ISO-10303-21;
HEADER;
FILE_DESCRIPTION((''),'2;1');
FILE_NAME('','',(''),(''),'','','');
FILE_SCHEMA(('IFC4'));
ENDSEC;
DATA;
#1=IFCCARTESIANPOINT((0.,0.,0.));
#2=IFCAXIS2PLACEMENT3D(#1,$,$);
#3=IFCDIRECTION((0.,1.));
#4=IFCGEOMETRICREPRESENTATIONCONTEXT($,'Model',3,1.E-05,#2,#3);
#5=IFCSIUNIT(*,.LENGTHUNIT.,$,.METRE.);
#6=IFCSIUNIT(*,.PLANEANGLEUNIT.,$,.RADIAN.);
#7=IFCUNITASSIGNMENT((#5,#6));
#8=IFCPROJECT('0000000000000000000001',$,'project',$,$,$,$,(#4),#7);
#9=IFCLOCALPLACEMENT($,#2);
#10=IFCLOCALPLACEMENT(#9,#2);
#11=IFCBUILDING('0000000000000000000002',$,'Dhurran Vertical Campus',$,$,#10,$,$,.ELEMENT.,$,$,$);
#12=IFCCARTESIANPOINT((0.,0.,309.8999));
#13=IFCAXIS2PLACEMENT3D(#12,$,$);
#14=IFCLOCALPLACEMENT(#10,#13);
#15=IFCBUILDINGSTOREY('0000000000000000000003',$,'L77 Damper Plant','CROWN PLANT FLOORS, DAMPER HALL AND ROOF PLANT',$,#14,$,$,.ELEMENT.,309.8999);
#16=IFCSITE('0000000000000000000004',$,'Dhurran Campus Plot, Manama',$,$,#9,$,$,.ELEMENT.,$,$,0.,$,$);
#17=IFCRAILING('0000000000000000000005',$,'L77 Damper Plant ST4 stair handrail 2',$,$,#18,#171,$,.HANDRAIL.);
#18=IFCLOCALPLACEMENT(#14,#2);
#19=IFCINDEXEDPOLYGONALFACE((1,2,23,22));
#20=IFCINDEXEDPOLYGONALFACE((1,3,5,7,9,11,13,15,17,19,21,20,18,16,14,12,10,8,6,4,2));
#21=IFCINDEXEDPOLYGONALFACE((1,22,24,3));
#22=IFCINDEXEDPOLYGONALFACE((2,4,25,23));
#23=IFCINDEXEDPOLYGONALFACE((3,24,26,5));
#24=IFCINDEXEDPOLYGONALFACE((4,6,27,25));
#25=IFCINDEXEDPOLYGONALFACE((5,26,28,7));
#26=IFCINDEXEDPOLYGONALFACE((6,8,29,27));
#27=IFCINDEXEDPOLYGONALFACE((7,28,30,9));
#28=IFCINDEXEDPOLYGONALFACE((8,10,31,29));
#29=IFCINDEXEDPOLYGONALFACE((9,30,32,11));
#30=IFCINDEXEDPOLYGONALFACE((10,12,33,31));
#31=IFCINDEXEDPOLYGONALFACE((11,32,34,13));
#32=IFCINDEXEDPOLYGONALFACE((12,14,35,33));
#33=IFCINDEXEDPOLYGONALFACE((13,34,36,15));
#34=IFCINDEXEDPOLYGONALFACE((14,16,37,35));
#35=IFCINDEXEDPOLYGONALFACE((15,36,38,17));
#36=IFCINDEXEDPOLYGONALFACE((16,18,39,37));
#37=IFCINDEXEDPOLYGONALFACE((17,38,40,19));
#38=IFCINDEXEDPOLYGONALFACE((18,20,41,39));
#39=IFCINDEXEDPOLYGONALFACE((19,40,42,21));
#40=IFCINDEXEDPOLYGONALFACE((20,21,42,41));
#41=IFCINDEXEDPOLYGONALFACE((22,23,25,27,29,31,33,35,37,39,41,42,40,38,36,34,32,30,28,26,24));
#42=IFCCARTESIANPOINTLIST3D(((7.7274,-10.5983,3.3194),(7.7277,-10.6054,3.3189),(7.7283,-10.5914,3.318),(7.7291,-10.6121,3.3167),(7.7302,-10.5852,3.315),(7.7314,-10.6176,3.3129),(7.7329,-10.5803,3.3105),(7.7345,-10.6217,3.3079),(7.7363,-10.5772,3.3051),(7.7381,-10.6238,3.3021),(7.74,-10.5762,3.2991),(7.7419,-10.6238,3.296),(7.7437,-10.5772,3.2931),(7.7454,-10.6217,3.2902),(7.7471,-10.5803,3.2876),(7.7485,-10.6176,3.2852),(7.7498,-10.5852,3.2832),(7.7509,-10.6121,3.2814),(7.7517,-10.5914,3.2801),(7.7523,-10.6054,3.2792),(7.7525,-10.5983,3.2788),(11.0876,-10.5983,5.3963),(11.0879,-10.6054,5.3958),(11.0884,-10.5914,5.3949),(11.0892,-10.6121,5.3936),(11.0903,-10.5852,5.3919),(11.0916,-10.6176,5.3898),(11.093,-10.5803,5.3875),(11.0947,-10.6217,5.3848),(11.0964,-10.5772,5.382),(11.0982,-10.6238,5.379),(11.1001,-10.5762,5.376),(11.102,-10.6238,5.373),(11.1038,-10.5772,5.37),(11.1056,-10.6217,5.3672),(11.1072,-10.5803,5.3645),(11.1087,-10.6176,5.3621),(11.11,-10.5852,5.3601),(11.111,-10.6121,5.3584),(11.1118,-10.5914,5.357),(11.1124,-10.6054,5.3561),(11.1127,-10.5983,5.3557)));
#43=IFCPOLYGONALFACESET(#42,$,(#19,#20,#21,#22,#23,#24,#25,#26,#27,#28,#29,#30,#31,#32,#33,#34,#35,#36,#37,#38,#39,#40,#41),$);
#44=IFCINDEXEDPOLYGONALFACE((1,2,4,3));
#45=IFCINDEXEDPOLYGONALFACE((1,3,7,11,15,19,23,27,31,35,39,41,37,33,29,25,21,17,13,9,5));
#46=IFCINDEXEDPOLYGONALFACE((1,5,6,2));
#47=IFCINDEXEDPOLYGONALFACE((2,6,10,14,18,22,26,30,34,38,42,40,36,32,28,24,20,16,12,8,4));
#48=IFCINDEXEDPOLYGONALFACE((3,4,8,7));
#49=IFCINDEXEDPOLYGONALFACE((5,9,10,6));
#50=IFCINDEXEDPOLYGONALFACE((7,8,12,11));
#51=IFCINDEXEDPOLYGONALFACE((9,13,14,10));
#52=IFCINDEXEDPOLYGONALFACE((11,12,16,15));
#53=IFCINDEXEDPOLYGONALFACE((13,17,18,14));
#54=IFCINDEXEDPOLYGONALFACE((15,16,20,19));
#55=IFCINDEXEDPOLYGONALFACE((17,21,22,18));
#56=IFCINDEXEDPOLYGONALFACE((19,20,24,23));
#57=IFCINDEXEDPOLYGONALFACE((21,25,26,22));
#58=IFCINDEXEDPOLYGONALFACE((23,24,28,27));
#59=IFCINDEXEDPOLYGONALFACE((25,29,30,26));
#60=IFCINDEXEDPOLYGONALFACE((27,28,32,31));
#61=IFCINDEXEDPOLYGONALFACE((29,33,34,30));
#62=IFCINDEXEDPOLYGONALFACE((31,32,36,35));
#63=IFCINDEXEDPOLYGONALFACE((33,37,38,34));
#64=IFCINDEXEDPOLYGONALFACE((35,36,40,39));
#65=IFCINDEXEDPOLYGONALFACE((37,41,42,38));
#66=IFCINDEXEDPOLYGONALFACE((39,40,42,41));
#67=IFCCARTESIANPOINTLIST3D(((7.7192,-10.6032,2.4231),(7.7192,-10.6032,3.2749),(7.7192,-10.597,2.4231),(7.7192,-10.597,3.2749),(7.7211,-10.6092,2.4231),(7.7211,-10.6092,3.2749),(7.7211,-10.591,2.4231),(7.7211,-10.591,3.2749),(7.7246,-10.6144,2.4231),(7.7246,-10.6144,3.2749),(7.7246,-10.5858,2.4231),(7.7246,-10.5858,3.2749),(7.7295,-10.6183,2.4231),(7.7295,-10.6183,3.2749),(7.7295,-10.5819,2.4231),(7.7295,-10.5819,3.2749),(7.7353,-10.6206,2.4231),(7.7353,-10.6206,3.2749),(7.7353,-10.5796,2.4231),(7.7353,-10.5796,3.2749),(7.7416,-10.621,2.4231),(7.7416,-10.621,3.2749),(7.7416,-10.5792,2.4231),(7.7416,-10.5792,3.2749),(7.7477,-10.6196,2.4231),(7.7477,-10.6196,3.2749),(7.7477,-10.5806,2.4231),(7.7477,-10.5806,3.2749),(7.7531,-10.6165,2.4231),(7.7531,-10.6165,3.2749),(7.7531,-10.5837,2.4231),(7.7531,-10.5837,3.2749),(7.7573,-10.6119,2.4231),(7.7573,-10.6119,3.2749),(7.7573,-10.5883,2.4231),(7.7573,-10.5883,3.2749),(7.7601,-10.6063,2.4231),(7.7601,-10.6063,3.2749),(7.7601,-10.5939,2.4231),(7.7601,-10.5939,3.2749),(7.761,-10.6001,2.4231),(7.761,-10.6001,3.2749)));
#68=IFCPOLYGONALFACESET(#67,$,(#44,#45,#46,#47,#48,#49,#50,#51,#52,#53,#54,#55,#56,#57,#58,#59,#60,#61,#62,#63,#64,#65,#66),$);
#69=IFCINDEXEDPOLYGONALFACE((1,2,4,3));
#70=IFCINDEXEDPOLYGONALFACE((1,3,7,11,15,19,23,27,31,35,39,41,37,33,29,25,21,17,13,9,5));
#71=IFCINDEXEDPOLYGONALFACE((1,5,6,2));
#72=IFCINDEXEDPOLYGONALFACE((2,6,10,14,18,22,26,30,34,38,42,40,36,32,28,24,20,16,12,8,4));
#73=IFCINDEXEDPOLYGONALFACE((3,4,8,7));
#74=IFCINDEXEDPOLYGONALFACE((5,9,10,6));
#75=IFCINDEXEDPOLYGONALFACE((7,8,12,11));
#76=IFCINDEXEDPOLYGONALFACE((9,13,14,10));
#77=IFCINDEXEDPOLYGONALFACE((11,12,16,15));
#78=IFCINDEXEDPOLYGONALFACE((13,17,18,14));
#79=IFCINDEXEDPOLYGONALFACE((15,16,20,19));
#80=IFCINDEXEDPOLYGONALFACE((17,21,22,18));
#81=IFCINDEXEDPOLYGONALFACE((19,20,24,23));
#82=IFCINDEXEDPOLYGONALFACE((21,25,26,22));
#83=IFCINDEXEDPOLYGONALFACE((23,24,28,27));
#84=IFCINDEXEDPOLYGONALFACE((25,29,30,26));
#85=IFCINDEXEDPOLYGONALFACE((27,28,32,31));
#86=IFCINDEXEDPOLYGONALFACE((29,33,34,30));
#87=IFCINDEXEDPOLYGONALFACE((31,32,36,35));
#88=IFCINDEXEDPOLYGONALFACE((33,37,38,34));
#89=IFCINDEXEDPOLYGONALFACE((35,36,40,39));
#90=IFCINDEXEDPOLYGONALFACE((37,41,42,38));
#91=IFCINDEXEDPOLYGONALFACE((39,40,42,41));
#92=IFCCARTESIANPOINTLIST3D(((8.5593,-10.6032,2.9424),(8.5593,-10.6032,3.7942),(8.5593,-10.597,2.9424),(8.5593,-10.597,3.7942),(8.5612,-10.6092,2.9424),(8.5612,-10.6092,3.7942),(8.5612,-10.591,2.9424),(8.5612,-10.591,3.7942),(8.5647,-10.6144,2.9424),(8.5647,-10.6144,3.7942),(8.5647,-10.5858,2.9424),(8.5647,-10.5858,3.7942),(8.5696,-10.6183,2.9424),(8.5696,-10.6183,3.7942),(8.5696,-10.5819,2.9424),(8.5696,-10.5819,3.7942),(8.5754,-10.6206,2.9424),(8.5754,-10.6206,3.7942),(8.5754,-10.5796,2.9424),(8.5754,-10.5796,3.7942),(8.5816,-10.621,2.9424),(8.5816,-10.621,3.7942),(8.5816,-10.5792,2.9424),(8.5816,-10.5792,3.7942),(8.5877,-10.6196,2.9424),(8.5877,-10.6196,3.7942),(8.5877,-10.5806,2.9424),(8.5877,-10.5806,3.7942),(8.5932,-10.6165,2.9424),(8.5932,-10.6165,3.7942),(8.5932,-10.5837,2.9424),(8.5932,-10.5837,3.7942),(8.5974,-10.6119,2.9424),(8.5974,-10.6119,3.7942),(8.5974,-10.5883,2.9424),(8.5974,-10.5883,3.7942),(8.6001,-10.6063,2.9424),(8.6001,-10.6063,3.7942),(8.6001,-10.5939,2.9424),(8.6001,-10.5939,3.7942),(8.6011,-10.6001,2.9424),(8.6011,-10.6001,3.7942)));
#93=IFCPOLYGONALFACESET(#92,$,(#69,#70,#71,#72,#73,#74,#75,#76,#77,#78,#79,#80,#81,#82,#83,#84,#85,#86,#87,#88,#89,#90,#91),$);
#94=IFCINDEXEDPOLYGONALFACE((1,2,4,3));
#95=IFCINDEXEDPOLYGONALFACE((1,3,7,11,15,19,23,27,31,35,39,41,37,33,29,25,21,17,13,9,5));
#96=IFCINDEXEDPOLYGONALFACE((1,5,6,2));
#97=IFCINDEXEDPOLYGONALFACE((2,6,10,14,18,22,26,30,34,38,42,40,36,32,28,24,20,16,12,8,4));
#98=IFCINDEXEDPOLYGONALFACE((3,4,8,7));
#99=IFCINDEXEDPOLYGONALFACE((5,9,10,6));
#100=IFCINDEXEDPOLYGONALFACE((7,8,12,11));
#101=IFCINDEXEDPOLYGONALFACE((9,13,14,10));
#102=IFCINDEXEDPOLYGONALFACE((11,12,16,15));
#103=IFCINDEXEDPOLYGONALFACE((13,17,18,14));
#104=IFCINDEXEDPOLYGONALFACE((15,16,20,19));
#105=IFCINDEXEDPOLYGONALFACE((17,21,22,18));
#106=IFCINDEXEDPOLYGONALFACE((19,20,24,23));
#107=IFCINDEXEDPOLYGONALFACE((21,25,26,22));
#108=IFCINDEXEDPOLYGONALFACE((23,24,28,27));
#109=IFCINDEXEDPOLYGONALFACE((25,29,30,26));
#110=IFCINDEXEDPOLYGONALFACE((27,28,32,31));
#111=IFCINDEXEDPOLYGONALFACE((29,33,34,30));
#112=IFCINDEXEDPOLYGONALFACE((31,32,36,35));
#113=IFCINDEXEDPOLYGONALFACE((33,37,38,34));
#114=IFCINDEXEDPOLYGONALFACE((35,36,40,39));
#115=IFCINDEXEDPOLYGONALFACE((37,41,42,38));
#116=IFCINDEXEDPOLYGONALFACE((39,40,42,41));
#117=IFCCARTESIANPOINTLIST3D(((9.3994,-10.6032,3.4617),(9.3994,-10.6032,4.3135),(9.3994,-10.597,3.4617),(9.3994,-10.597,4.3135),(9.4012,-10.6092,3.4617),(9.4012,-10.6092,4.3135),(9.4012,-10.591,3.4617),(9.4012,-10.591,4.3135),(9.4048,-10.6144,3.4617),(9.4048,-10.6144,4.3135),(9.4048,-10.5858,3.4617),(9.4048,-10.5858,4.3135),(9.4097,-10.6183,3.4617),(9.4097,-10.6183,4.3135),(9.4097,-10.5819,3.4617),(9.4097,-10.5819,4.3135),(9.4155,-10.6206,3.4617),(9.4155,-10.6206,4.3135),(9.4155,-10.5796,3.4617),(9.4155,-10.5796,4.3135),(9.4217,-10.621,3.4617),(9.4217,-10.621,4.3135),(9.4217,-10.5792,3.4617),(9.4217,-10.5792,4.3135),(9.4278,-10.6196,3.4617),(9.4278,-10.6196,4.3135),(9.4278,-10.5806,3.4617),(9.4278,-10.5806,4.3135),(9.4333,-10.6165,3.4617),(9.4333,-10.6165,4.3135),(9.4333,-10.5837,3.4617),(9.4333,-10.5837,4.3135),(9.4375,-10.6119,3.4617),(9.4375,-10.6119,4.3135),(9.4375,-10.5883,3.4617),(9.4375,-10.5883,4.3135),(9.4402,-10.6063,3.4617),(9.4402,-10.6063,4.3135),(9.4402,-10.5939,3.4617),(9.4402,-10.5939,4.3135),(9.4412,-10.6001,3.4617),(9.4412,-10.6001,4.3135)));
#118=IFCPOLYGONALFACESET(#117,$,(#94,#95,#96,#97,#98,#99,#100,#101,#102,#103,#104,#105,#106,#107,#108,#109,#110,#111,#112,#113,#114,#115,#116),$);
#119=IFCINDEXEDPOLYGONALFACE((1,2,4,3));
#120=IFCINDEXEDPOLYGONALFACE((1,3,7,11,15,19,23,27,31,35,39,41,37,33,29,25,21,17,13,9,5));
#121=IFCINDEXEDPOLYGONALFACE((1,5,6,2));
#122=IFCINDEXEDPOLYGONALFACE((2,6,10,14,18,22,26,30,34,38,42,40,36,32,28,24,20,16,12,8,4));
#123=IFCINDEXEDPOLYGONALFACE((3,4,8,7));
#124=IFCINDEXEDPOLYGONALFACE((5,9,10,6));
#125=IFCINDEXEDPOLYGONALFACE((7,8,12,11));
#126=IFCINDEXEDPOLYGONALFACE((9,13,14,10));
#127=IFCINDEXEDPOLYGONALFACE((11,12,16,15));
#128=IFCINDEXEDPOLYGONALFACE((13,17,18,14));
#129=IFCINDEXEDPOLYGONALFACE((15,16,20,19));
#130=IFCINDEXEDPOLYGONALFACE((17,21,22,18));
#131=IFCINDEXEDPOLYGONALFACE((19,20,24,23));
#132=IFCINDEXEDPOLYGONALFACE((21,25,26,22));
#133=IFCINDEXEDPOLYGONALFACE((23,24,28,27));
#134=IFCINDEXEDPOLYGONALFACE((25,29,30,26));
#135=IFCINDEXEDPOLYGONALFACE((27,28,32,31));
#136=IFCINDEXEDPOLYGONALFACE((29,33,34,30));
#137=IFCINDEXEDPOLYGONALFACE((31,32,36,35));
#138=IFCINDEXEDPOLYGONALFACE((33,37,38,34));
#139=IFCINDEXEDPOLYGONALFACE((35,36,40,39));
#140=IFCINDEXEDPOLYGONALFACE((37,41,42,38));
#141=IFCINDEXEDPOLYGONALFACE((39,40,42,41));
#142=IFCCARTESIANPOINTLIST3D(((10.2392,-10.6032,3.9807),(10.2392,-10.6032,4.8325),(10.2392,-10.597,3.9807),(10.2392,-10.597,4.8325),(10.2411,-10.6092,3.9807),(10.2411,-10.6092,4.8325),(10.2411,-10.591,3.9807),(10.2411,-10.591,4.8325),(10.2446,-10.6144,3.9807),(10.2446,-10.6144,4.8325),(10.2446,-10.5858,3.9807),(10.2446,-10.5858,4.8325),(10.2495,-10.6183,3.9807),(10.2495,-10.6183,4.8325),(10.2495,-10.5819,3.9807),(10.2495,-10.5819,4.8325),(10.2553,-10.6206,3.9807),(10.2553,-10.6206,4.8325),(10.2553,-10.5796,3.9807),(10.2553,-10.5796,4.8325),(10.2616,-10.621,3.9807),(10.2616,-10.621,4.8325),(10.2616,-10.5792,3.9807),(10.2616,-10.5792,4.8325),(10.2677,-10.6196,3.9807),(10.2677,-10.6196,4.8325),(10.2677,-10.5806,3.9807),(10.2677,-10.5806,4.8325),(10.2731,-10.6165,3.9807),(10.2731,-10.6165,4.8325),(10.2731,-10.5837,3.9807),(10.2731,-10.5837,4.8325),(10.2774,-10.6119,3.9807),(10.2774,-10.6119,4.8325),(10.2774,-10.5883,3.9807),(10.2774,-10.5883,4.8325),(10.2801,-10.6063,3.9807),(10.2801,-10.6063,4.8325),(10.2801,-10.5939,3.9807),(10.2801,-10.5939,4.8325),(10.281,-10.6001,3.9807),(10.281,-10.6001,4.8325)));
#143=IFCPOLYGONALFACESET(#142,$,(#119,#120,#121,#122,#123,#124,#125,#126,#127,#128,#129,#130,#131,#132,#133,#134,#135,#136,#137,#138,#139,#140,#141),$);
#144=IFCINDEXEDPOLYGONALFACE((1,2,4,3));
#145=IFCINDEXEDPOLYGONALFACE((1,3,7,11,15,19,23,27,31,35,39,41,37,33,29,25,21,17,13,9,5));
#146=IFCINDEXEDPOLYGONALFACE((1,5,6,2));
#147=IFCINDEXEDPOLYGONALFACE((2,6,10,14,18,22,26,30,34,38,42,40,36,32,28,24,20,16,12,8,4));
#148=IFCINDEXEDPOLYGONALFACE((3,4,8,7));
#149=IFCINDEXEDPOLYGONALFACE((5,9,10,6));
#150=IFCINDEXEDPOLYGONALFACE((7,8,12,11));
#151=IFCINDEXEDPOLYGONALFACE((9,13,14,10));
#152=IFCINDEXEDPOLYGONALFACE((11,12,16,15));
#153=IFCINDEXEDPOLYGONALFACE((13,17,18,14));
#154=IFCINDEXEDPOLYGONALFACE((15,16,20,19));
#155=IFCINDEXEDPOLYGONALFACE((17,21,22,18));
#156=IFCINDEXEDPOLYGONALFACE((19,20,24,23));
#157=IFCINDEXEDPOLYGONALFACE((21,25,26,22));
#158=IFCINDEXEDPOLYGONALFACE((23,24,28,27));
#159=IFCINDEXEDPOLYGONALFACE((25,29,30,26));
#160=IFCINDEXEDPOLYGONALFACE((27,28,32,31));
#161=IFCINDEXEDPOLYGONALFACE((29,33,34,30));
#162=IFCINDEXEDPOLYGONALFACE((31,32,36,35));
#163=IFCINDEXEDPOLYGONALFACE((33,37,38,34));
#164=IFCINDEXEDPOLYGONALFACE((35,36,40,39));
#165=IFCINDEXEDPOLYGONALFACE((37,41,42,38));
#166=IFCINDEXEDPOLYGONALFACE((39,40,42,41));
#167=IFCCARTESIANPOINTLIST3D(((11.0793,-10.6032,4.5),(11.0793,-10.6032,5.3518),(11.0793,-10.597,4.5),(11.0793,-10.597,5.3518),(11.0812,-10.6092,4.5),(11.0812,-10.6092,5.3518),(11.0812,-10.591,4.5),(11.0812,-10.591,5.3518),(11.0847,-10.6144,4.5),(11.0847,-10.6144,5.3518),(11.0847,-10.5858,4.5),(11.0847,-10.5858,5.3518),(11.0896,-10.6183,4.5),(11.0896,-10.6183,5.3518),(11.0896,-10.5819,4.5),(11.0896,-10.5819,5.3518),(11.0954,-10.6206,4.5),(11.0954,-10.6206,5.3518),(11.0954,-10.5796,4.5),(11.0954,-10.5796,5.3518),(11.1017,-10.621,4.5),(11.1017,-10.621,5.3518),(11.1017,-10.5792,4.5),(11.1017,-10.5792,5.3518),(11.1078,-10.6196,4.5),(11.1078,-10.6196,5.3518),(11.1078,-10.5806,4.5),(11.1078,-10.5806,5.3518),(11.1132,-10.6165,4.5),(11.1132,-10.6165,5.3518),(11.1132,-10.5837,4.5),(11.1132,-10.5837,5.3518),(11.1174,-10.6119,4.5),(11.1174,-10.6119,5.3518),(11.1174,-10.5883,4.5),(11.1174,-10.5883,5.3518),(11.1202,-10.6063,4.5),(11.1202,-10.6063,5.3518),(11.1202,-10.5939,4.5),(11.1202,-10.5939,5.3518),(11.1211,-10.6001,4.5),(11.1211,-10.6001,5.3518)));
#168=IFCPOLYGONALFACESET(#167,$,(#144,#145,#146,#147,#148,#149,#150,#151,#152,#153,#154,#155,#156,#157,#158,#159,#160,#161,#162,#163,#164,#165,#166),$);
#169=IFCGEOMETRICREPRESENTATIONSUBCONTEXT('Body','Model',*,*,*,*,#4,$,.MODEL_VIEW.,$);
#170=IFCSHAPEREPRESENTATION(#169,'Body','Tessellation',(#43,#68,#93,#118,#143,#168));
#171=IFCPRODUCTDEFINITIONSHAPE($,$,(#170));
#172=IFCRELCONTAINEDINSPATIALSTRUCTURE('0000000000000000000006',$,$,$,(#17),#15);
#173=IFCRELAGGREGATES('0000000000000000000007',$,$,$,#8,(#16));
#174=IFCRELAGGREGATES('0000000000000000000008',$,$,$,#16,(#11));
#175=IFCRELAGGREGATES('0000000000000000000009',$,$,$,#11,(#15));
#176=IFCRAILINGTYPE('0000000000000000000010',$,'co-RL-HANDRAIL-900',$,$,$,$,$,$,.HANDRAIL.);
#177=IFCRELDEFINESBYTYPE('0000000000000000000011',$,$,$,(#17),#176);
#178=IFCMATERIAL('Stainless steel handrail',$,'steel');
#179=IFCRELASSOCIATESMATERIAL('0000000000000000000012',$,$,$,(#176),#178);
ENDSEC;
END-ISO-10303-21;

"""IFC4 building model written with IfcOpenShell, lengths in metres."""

from ifc_helpers import new_model, si_unit, direction, frame, origin, origin_2d, place, context, subcontext, project, spatial, circle, extrude, material, type_object, element, save


model = new_model("IFC4")

# Units and contexts
model_context = context("Model", 3, precision=1e-05, world=origin(), true_north=direction((0.0, 1.0)))
body_context = subcontext(model_context, "Body", "Model", "MODEL_VIEW")
ifc_project = project(units=[si_unit("LENGTHUNIT", "METRE"), si_unit("PLANEANGLEUNIT", "RADIAN")], contexts=[model_context])

# Site, building, storey
site_placement = place(None, origin())
site = spatial("IfcSite", under=ifc_project, at=site_placement, Name="Dhurran Campus Plot, Manama", CompositionType="ELEMENT", RefElevation=0.0)
building_placement = place(site_placement, origin())
building = spatial("IfcBuilding", under=site, at=building_placement, Name="Dhurran Vertical Campus", CompositionType="ELEMENT")
storey_placement = place(building_placement, frame((0.0, 0.0, 309.8999)))
storey = spatial("IfcBuildingStorey", under=building, at=storey_placement, Name="L77 Damper Plant", Description="CROWN PLANT FLOORS, DAMPER HALL AND ROOF PLANT", CompositionType="ELEMENT", Elevation=309.8999)

# Railing
ifc_material_1 = material(Name="Stainless steel handrail", Category="steel")
railing_type_1 = type_object("IfcRailingType", Name="co-RL-HANDRAIL-900", PredefinedType="HANDRAIL", material=ifc_material_1)
for number, where, name in (
    (1, (7.74, -10.6001, 2.4231), "L77 Damper Plant ST4 stair handrail 2"),
):
    element("IfcRailing", number, at=place(storey_placement, frame(where)), inside=storey, type_object=railing_type_1, Name=name, PredefinedType="HANDRAIL", context=body_context, shape_type="SweptSolid", body=[
        extrude(circle(Radius=0.0239, at=origin_2d()), frame((0.0, 0.0, 0.876), z_axis=(0.850623, 0.0, 0.525776), x_axis=(0.0, 1.0, 0.0)), (0.0, 0.0, 1.0), 3.9502),
        extrude(circle(Radius=0.021, at=origin_2d()), origin(), (0.0, 0.0, 1.0), 0.8518),
        extrude(circle(Radius=0.021, at=origin_2d()), frame((0.8401, 0.0, 0.5193)), (0.0, 0.0, 1.0), 0.8518),
        extrude(circle(Radius=0.021, at=origin_2d()), frame((1.6802, 0.0, 1.0386)), (0.0, 0.0, 1.0), 0.8518),
        extrude(circle(Radius=0.021, at=origin_2d()), frame((2.52, 0.0, 1.5576)), (0.0, 0.0, 1.0), 0.8518),
        extrude(circle(Radius=0.021, at=origin_2d()), frame((3.3601, 0.0, 2.0769)), (0.0, 0.0, 1.0), 0.8518),
    ])

save(model, "model.ifc")
